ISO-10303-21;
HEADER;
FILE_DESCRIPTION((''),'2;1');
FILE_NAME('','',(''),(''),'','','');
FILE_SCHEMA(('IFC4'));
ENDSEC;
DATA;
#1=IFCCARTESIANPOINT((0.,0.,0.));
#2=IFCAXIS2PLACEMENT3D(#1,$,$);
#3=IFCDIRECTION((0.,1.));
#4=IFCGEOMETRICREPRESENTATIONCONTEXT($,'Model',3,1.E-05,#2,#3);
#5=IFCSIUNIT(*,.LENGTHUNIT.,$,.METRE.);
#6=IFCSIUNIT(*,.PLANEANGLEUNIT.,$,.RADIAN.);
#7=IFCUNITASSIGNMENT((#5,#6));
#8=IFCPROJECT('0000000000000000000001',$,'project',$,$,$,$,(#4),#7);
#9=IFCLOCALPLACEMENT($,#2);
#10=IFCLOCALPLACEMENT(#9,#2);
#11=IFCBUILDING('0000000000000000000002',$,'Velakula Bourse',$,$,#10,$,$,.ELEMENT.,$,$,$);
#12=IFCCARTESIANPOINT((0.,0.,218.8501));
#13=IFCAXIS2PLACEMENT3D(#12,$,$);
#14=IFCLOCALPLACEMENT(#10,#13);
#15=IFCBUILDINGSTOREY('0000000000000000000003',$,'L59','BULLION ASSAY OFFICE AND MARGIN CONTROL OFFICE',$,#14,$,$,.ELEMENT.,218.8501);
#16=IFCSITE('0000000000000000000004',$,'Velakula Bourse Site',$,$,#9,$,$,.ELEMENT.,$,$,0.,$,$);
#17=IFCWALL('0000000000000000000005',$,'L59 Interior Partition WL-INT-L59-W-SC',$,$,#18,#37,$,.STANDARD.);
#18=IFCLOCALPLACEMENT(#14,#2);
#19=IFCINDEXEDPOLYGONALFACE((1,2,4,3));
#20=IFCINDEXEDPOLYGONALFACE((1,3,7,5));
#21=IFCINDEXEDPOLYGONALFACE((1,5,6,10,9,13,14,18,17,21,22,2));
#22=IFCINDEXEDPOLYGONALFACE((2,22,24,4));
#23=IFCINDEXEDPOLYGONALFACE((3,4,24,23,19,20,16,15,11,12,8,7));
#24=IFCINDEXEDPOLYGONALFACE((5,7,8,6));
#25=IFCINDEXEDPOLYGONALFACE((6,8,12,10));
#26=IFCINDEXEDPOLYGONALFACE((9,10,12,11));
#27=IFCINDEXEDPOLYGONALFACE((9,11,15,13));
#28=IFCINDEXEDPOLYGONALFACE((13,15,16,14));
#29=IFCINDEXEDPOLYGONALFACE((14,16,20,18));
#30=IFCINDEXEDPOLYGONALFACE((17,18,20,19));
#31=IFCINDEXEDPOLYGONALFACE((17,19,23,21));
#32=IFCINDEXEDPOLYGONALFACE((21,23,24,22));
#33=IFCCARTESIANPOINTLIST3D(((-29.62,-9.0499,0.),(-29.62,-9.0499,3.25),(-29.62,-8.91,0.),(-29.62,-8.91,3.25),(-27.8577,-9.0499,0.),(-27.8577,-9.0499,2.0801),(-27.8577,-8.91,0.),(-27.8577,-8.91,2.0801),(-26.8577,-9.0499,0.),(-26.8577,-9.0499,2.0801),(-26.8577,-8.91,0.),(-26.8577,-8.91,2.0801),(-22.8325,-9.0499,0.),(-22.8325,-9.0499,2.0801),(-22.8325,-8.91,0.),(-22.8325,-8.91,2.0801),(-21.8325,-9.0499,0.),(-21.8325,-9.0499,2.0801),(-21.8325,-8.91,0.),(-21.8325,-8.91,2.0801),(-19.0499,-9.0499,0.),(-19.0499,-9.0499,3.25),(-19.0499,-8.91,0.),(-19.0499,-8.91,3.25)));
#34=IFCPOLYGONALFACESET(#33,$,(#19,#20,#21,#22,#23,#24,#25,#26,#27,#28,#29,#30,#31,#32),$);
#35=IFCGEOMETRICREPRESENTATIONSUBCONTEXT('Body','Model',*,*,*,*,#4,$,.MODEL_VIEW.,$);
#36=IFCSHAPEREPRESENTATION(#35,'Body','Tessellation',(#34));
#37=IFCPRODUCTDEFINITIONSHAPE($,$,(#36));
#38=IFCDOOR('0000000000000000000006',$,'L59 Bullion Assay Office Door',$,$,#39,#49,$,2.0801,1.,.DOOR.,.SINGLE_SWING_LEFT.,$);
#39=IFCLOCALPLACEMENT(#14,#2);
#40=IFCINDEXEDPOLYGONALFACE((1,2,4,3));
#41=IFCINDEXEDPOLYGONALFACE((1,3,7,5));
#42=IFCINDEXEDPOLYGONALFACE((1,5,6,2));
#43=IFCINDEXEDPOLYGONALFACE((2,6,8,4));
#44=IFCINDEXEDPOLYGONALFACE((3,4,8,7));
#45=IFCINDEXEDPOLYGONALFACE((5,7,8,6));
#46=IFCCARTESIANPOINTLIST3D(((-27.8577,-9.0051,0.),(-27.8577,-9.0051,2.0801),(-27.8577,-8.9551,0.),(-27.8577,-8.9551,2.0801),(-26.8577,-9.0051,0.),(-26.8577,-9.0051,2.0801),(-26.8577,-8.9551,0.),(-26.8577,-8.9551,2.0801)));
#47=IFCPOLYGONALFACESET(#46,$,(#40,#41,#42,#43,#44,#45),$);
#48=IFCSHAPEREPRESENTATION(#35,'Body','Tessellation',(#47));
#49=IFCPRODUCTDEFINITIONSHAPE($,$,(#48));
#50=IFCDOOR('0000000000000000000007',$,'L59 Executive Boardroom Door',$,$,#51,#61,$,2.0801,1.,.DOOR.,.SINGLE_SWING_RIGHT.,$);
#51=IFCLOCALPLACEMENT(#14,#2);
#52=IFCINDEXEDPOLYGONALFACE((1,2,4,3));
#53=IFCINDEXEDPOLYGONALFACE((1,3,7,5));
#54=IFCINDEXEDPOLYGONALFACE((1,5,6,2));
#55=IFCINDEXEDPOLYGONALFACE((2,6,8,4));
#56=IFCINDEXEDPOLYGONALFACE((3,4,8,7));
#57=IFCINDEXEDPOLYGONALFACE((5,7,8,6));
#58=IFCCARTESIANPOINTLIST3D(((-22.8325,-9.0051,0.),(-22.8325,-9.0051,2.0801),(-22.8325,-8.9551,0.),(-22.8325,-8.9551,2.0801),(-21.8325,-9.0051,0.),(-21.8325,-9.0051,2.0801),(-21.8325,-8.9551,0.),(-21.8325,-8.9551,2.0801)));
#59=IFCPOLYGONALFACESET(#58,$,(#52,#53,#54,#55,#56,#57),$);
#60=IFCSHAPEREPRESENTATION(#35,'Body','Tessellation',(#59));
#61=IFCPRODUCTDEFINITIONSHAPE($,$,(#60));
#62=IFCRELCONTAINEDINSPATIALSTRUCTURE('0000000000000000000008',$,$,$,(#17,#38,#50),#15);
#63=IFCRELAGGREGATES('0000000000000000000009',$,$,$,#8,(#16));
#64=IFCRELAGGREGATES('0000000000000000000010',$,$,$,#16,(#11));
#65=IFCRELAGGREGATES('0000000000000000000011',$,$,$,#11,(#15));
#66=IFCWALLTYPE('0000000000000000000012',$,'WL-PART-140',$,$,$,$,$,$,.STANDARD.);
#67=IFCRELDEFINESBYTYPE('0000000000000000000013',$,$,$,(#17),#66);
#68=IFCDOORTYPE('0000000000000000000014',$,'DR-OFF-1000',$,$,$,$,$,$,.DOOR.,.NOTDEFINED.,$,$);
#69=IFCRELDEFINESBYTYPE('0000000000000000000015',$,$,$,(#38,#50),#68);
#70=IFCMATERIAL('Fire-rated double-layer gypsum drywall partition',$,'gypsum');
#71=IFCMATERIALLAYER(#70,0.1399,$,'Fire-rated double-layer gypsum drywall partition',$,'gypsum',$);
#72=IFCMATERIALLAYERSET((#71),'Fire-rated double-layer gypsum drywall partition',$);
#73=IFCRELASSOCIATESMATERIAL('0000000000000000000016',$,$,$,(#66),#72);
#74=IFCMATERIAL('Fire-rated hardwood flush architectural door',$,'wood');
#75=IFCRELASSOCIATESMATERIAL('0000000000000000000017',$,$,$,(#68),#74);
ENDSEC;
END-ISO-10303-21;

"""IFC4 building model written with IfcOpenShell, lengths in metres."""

from ifc_helpers import new_model, si_unit, direction, frame, frame_2d, origin, place, context, subcontext, project, spatial, rectangle, extrude, material, layer, layer_set, type_object, element, fill, save


model = new_model("IFC4")

# Units and contexts
model_context = context("Model", 3, precision=1e-05, world=origin(), true_north=direction((0.0, 1.0)))
body_context = subcontext(model_context, "Body", "Model", "MODEL_VIEW")
ifc_project = project(units=[si_unit("LENGTHUNIT", "METRE"), si_unit("PLANEANGLEUNIT", "RADIAN")], contexts=[model_context])

# Site, building, storey
site_placement = place(None, origin())
site = spatial("IfcSite", under=ifc_project, at=site_placement, Name="Velakula Bourse Site", CompositionType="ELEMENT", RefElevation=0.0)
building_placement = place(site_placement, origin())
building = spatial("IfcBuilding", under=site, at=building_placement, Name="Velakula Bourse", CompositionType="ELEMENT")
storey_placement = place(building_placement, frame((0.0, 0.0, 218.8501)))
storey = spatial("IfcBuildingStorey", under=building, at=storey_placement, Name="L59", Description="BULLION ASSAY OFFICE AND MARGIN CONTROL OFFICE", CompositionType="ELEMENT", Elevation=218.8501)

# Shared definitions
ifc_material_1 = material(Name="Fire-rated double-layer gypsum drywall partition", Category="gypsum")

# Wall, openings, doors
ifc_layer_1 = layer(ifc_material_1, 0.1399, Name="Fire-rated double-layer gypsum drywall partition", Category="gypsum")
ifc_layer_set_1 = layer_set([ifc_layer_1], Name="Fire-rated double-layer gypsum drywall partition")
wall_type_1 = type_object("IfcWallType", Name="WL-PART-140", PredefinedType="STANDARD", material=ifc_layer_set_1)
ifc_material_2 = material(Name="Fire-rated hardwood flush architectural door", Category="wood")
door_type_1 = type_object("IfcDoorType", Name="DR-OFF-1000", OperationType="NOTDEFINED", PredefinedType="DOOR", material=ifc_material_2)
wall_1_placement = place(storey_placement, frame((-29.6201, -8.98, 0.0), z_axis=(0.0, 0.0, 1.0), x_axis=(1.0, 0.0, 0.0)))
wall_1 = element("IfcWall", 1, at=wall_1_placement, inside=storey, type_object=wall_type_1, Name="L59 Interior Partition WL-INT-L59-W-SC", PredefinedType="STANDARD", context=body_context, shape_type="SweptSolid", body=[
    extrude(rectangle(XDim=10.5701, YDim=0.1399, at=frame_2d((5.2852, 0.0))), origin(), (0.0, 0.0, 1.0), 3.25),
])
opening_1_placement = place(wall_1_placement, frame((1.7625, 0.0, 0.0)))
opening_1 = element("IfcOpeningElement", 2, at=opening_1_placement, cuts=wall_1, PredefinedType="OPENING", context=body_context, shape_type="SweptSolid", body=[
    extrude(rectangle(XDim=1.0, YDim=2.0801, at=frame_2d((0.5, 1.04))), frame((0.0, 0.0798, 0.0), z_axis=(0.0, -1.0, 0.0), x_axis=(1.0, 0.0, 0.0)), (0.0, 0.0, 1.0), 0.1599),
])
opening_2_placement = place(wall_1_placement, frame((6.7876, 0.0, 0.0)))
opening_2 = element("IfcOpeningElement", 3, at=opening_2_placement, cuts=wall_1, PredefinedType="OPENING", context=body_context, shape_type="SweptSolid", body=[
    extrude(rectangle(XDim=1.0, YDim=2.0801, at=frame_2d((0.5, 1.04))), frame((0.0, 0.0798, 0.0), z_axis=(0.0, -1.0, 0.0), x_axis=(1.0, 0.0, 0.0)), (0.0, 0.0, 1.0), 0.1599),
])
door_1_placement = place(opening_1_placement, origin())
door_1 = element("IfcDoor", 4, at=door_1_placement, inside=storey, type_object=door_type_1, Name="L59 Bullion Assay Office Door", OperationType="SINGLE_SWING_LEFT", OverallHeight=2.0801, OverallWidth=1.0, PredefinedType="DOOR", context=body_context, shape_type="SweptSolid", body=[
    extrude(rectangle(XDim=1.0, YDim=2.0801, at=frame_2d((0.5, 1.04))), frame((0.0, 0.0249, 0.0), z_axis=(0.0, -1.0, 0.0), x_axis=(1.0, 0.0, 0.0)), (0.0, 0.0, 1.0), 0.05),
])
fill(opening_1, door_1)
door_2_placement = place(opening_2_placement, origin())
door_2 = element("IfcDoor", 5, at=door_2_placement, inside=storey, type_object=door_type_1, Name="L59 Executive Boardroom Door", OperationType="SINGLE_SWING_RIGHT", OverallHeight=2.0801, OverallWidth=1.0, PredefinedType="DOOR", context=body_context, shape_type="SweptSolid", body=[
    extrude(rectangle(XDim=1.0, YDim=2.0801, at=frame_2d((0.5, 1.04))), frame((0.0, 0.0249, 0.0), z_axis=(0.0, -1.0, 0.0), x_axis=(1.0, 0.0, 0.0)), (0.0, 0.0, 1.0), 0.05),
])
fill(opening_2, door_2)

save(model, "model.ifc")
